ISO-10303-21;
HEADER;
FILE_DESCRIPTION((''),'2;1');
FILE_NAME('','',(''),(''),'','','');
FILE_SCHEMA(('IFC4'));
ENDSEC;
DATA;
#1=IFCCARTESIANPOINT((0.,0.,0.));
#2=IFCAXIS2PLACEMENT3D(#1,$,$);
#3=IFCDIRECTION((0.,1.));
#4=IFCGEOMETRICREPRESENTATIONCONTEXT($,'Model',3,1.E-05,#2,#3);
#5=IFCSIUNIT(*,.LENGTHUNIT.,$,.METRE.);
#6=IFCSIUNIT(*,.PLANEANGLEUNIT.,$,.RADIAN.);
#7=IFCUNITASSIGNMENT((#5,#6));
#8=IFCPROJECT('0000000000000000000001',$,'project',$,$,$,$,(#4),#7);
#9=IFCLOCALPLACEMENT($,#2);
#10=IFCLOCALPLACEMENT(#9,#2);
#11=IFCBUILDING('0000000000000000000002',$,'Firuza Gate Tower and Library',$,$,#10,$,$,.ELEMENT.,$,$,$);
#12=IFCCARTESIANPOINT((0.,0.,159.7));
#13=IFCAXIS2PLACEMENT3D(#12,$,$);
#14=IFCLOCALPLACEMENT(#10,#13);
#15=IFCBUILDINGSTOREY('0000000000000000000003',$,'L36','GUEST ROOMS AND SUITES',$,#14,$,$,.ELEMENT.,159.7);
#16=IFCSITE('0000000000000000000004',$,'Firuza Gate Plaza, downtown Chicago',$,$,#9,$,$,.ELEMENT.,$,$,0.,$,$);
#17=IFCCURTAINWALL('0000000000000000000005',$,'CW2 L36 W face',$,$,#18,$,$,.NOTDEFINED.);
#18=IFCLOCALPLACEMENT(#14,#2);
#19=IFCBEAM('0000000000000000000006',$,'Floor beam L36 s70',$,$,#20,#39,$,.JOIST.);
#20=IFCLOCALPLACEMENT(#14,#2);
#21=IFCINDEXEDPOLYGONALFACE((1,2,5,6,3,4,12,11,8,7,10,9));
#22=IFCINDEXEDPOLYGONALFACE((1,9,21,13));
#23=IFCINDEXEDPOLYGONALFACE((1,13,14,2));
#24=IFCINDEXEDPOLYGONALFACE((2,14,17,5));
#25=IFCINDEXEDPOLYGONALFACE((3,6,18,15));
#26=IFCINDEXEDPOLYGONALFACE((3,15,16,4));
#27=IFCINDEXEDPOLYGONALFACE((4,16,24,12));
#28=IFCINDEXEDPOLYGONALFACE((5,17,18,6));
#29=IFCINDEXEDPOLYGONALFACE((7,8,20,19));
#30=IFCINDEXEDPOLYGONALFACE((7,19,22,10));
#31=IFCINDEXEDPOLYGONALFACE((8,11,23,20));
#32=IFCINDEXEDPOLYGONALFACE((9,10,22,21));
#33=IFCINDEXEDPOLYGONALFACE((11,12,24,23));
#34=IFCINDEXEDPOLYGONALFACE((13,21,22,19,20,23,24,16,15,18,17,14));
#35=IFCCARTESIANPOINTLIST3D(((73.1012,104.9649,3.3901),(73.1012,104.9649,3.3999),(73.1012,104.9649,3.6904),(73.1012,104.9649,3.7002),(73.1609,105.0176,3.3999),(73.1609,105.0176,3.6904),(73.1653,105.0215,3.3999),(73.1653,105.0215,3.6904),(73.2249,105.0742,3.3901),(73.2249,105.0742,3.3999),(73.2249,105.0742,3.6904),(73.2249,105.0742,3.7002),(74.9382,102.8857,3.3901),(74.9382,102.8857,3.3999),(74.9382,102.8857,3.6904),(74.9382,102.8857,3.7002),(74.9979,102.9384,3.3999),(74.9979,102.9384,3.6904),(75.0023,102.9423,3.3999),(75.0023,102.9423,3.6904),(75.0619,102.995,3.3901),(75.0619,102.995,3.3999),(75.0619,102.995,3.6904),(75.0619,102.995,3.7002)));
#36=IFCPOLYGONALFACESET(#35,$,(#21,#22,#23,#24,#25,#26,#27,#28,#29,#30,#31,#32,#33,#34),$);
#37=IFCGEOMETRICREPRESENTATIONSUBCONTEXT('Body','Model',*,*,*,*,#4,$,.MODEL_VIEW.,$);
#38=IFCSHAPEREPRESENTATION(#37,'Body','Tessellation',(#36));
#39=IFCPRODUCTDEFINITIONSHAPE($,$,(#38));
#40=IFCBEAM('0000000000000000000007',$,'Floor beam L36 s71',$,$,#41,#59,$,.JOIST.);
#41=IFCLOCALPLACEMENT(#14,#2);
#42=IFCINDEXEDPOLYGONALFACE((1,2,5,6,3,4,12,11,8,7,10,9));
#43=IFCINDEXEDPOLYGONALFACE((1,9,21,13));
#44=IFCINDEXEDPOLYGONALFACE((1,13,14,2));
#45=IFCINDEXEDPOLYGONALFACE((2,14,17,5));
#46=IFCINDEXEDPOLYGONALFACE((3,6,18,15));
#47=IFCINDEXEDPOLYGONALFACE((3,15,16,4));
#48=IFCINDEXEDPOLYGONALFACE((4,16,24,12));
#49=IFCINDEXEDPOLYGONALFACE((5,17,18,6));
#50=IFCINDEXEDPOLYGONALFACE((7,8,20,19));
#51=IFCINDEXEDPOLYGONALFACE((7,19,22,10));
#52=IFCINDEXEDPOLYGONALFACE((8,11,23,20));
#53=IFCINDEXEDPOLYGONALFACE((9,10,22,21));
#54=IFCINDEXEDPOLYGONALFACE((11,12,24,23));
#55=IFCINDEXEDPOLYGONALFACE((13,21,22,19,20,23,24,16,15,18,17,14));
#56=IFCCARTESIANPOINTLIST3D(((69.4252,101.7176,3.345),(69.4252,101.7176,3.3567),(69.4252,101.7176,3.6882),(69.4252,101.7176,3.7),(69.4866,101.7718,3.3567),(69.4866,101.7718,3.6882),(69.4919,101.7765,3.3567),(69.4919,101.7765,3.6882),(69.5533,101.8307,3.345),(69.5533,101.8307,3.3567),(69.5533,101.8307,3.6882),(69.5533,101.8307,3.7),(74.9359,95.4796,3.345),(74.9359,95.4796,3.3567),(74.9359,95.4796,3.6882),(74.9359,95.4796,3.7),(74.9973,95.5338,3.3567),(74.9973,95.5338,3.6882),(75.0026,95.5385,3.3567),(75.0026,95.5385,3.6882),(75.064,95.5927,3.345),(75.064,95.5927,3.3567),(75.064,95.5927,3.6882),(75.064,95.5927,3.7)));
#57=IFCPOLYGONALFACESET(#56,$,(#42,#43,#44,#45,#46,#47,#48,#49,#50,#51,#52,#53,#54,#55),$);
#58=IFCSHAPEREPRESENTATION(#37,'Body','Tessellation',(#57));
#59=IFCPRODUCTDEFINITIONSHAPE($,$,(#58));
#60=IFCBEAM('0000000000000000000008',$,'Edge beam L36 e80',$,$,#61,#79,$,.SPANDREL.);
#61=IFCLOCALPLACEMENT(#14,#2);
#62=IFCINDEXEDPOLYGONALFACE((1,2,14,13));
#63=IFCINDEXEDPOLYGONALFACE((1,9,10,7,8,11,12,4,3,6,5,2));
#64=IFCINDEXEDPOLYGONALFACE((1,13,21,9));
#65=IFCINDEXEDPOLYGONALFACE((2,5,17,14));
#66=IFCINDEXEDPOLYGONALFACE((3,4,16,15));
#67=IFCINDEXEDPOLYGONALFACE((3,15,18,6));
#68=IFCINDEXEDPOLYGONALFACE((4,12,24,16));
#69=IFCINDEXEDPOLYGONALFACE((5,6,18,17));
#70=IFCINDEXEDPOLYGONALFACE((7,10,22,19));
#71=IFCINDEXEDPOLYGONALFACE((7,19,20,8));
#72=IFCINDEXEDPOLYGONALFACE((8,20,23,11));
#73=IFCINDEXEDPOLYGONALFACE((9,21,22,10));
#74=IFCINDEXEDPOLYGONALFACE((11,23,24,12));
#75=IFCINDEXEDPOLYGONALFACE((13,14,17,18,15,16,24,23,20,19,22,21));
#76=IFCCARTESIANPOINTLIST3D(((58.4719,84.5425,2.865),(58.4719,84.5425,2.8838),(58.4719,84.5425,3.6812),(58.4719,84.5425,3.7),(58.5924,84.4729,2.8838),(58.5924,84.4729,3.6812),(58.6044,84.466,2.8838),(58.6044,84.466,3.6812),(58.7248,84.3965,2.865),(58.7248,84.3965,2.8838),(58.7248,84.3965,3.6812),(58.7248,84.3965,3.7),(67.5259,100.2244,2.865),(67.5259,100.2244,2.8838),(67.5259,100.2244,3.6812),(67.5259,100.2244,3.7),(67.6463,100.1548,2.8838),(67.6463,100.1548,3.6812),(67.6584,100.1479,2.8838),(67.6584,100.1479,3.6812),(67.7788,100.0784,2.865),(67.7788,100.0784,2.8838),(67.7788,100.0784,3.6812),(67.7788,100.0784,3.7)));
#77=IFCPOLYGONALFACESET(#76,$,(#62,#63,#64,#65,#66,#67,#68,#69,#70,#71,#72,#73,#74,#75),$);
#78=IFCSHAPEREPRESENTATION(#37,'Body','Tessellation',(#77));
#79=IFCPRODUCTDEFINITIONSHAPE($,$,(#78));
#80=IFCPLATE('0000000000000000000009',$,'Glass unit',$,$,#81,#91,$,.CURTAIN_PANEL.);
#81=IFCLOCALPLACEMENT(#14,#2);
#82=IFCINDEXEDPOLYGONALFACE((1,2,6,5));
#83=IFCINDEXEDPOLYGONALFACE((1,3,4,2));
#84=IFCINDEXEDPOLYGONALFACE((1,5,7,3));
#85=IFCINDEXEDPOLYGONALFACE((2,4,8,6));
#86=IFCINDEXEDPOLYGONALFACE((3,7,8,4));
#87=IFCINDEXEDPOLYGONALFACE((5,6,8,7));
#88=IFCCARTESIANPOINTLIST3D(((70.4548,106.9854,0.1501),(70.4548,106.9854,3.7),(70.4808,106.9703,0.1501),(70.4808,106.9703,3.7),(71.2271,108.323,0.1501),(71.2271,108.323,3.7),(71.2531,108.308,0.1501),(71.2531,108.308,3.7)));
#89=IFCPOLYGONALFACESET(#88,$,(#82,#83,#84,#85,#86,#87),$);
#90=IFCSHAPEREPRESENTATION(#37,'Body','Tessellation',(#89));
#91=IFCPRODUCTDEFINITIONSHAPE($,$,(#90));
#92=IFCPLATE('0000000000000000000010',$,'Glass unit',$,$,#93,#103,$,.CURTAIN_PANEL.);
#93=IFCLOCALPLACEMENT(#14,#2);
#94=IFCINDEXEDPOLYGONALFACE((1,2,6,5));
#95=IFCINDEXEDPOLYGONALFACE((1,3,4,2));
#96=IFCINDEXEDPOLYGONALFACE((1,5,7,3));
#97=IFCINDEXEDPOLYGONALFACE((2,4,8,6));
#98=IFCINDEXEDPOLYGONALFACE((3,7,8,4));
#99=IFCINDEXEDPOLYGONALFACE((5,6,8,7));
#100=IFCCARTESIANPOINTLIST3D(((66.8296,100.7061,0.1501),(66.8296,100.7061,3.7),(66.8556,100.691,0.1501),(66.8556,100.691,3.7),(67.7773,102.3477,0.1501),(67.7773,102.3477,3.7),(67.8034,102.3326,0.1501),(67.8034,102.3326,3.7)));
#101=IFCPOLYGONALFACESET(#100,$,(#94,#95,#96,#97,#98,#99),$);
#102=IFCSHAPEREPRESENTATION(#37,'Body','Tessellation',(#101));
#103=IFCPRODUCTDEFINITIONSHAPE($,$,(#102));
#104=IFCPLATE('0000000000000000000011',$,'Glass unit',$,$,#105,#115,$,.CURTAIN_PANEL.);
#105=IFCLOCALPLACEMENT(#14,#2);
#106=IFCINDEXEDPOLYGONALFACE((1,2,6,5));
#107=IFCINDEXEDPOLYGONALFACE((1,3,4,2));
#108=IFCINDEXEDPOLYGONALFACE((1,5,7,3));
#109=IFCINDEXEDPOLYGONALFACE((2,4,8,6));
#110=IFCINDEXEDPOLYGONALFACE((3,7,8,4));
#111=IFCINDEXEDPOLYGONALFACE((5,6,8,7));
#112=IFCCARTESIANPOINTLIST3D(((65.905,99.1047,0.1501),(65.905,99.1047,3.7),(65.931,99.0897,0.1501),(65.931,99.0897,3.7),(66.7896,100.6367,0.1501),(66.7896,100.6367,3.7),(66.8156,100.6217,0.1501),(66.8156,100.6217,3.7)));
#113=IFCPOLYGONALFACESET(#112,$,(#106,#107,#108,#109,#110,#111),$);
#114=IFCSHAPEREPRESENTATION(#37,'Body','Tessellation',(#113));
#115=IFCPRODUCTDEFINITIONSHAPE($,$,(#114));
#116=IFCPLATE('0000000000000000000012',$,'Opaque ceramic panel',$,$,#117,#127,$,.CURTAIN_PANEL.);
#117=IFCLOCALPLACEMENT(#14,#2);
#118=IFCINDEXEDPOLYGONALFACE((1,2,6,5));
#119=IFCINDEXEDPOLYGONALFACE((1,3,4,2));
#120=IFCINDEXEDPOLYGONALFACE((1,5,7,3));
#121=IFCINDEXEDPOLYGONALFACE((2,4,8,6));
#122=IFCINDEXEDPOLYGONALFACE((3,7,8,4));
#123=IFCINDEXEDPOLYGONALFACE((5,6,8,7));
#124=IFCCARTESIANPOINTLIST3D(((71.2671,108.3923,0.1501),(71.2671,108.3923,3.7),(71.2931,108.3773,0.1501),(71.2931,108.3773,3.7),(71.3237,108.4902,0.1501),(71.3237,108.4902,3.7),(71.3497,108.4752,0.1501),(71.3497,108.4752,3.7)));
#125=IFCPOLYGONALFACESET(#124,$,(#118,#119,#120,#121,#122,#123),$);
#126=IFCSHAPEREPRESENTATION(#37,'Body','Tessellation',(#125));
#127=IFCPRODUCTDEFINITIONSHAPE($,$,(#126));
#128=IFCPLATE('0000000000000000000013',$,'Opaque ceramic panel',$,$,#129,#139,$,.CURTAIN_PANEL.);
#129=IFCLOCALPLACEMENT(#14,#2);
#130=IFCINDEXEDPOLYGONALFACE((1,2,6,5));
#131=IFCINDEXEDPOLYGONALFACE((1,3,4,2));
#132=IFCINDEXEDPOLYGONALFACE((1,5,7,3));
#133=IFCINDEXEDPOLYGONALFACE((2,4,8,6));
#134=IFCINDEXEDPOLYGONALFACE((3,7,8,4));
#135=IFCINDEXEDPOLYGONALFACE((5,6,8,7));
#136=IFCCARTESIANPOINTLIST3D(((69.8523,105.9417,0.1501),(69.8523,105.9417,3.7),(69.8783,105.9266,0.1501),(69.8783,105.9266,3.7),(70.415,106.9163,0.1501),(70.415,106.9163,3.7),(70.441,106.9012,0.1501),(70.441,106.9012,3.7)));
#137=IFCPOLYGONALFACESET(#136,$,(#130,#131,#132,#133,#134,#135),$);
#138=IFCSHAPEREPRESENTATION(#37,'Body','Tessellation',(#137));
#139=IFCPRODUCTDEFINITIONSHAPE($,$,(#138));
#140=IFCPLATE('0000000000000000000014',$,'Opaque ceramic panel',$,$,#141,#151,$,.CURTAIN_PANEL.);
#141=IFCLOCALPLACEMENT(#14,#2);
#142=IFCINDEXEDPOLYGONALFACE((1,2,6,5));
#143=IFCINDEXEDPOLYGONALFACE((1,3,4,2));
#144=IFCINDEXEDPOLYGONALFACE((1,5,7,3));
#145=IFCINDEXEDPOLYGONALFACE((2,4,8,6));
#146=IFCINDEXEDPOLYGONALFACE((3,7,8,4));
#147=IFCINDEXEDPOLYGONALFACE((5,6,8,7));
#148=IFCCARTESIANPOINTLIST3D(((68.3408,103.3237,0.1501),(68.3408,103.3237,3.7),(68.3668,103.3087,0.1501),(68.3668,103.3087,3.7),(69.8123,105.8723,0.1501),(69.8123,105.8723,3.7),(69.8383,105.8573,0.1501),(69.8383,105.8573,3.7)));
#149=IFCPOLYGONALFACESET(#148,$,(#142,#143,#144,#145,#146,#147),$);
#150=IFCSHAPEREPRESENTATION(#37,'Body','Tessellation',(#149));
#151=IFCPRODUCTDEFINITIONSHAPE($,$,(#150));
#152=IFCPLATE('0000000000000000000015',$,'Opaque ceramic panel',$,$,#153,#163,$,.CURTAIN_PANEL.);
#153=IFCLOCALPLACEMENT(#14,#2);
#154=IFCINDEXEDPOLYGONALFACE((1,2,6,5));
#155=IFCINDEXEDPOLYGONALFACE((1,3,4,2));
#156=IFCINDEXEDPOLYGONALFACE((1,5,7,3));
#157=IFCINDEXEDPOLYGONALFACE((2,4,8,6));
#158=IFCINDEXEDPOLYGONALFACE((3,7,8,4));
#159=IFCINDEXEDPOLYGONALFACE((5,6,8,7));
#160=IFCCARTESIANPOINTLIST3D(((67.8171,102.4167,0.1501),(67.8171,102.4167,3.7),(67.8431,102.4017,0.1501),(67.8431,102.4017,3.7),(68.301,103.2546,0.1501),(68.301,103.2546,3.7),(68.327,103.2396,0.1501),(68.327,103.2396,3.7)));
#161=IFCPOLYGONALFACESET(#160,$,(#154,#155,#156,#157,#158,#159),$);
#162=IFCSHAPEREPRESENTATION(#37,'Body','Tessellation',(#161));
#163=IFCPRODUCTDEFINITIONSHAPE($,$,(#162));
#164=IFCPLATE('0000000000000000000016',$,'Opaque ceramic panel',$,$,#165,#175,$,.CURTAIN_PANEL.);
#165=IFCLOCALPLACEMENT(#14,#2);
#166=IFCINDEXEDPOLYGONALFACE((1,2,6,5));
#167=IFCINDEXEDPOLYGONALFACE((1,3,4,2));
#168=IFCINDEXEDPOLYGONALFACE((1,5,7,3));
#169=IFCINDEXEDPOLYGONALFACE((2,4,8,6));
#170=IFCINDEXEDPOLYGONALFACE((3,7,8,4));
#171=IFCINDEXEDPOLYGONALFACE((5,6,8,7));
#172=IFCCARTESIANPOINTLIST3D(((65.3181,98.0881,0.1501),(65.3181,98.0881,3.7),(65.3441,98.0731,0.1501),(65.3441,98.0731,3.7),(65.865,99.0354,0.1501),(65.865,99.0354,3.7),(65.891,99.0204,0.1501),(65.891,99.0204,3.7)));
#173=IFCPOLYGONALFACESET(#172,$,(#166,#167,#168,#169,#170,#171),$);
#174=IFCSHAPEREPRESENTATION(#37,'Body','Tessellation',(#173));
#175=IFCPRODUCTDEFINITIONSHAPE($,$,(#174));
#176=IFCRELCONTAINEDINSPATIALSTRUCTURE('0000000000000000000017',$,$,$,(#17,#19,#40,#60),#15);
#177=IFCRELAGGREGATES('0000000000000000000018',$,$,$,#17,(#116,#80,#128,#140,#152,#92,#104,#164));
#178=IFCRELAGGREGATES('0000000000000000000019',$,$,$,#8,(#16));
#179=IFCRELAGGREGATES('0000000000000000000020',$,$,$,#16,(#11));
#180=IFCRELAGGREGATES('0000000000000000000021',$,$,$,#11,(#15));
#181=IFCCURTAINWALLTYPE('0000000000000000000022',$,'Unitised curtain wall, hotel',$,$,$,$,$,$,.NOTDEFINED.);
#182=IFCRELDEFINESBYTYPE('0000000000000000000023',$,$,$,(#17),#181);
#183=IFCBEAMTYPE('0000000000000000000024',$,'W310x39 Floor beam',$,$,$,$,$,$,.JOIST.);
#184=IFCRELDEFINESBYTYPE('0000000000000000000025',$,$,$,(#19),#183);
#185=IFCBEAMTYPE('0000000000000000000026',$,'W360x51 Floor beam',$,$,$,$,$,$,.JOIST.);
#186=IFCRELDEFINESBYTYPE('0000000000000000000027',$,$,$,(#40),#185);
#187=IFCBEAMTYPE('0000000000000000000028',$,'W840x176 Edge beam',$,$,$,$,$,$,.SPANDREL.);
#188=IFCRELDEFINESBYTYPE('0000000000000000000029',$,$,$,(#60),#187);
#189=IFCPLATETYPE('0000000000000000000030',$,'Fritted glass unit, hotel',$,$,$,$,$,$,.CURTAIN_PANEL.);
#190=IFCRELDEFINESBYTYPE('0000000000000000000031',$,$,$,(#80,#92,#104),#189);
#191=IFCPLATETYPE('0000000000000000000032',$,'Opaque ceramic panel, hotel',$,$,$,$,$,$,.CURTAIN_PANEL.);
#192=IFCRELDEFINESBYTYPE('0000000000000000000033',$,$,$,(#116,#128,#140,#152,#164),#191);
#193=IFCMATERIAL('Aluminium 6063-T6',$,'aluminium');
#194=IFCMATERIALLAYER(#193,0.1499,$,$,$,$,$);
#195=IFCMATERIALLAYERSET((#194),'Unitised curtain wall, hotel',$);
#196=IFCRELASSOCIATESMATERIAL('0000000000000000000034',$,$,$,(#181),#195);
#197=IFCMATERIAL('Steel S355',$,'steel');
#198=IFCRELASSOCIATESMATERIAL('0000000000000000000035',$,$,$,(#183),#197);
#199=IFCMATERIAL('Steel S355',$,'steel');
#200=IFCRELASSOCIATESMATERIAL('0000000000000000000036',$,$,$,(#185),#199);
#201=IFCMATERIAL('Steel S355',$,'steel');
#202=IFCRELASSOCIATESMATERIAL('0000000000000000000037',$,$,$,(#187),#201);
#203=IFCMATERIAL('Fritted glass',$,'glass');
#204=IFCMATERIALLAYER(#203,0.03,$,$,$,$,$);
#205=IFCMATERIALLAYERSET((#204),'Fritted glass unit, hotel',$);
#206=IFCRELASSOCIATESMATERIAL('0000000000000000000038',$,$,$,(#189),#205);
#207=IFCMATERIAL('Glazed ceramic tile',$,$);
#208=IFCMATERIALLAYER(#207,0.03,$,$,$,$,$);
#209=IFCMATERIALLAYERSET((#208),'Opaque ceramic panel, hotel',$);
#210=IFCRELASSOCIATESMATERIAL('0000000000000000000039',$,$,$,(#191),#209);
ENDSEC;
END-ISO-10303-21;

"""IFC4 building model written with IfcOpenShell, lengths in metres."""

from ifc_helpers import new_model, si_unit, direction, frame, origin, origin_2d, place, context, subcontext, project, spatial, polyline, i_section, outline, extrude, material, layer, layer_set, material_profile, profile_set, type_object, element, aggregate, save


model = new_model("IFC4")

# Units and contexts
model_context = context("Model", 3, precision=1e-05, world=origin(), true_north=direction((0.0, 1.0)))
body_context = subcontext(model_context, "Body", "Model", "MODEL_VIEW")
ifc_project = project(units=[si_unit("LENGTHUNIT", "METRE"), si_unit("PLANEANGLEUNIT", "RADIAN")], contexts=[model_context])

# Site, building, storey
site_placement = place(None, origin())
site = spatial("IfcSite", under=ifc_project, at=site_placement, Name="Firuza Gate Plaza, downtown Chicago", CompositionType="ELEMENT", RefElevation=0.0)
building_placement = place(site_placement, origin())
building = spatial("IfcBuilding", under=site, at=building_placement, Name="Firuza Gate Tower and Library", CompositionType="ELEMENT")
storey_placement = place(building_placement, frame((0.0, 0.0, 159.7)))
storey = spatial("IfcBuildingStorey", under=building, at=storey_placement, Name="L36", Description="GUEST ROOMS AND SUITES", CompositionType="ELEMENT", Elevation=159.7)

# Curtain wall
ifc_material_1 = material(Name="Aluminium 6063-T6", Category="aluminium")
ifc_layer_1 = layer(ifc_material_1, 0.1499)
ifc_layer_set_1 = layer_set([ifc_layer_1], Name="Unitised curtain wall, hotel")
curtain_wall_type = type_object("IfcCurtainWallType", Name="Unitised curtain wall, hotel", PredefinedType="NOTDEFINED", material=ifc_layer_set_1)
curtain_wall_placement = place(storey_placement, origin())
curtain_wall = element("IfcCurtainWall", 1, at=curtain_wall_placement, inside=storey, type_object=curtain_wall_type, Name="CW2 L36 W face", PredefinedType="NOTDEFINED")

# Beams
ifc_material_2 = material(Name="Steel S355", Category="steel")
ifc_material_profile_1 = material_profile(ifc_material_2, i_section(OverallWidth=0.165, OverallDepth=0.3101, WebThickness=0.0059, FlangeThickness=0.0098, at=origin_2d()))
ifc_profile_set_1 = profile_set([ifc_material_profile_1], Name="Steel S355")
beam_type_1 = type_object("IfcBeamType", Name="W310x39 Floor beam", PredefinedType="JOIST", material=ifc_profile_set_1)
beam_1_placement = place(storey_placement, frame((73.1631, 105.0195, 3.5452), z_axis=(0.66211, -0.749406, 0.0), x_axis=(0.749406, 0.66211, 0.0)))
element("IfcBeam", 2, at=beam_1_placement, inside=storey, type_object=beam_type_1, Name="Floor beam L36 s70", PredefinedType="JOIST", context=body_context, shape_type="SweptSolid", body=[
    extrude(i_section(OverallWidth=0.165, OverallDepth=0.3101, WebThickness=0.0059, FlangeThickness=0.0098, at=origin_2d()), origin(), (0.0, 0.0, 1.0), 2.7744),
])
ifc_material_3 = material(Name="Steel S355", Category="steel")
ifc_material_profile_2 = material_profile(ifc_material_3, i_section(OverallWidth=0.1709, OverallDepth=0.355, WebThickness=0.0071, FlangeThickness=0.0117, at=origin_2d()))
ifc_profile_set_2 = profile_set([ifc_material_profile_2], Name="Steel S355")
beam_type_2 = type_object("IfcBeamType", Name="W360x51 Floor beam", PredefinedType="JOIST", material=ifc_profile_set_2)
beam_2_placement = place(storey_placement, frame((69.4893, 101.7742, 3.5225), z_axis=(0.662067, -0.749445, 0.0), x_axis=(0.749445, 0.662067, 0.0)))
element("IfcBeam", 3, at=beam_2_placement, inside=storey, type_object=beam_type_2, Name="Floor beam L36 s71", PredefinedType="JOIST", context=body_context, shape_type="SweptSolid", body=[
    extrude(i_section(OverallWidth=0.1709, OverallDepth=0.355, WebThickness=0.0071, FlangeThickness=0.0117, at=origin_2d()), origin(), (0.0, 0.0, 1.0), 8.3235),
])
ifc_material_4 = material(Name="Steel S355", Category="steel")
ifc_material_profile_3 = material_profile(ifc_material_4, i_section(OverallWidth=0.292, OverallDepth=0.835, WebThickness=0.0139, FlangeThickness=0.0188, at=origin_2d()))
ifc_profile_set_3 = profile_set([ifc_material_profile_3], Name="Steel S355")
beam_type_3 = type_object("IfcBeamType", Name="W840x176 Edge beam", PredefinedType="SPANDREL", material=ifc_profile_set_3)
beam_3_placement = place(storey_placement, frame((67.6523, 100.1514, 3.2825), z_axis=(-0.500001, -0.866025, 0.0), x_axis=(0.866025, -0.500001, 0.0)))
element("IfcBeam", 4, at=beam_3_placement, inside=storey, type_object=beam_type_3, Name="Edge beam L36 e80", PredefinedType="SPANDREL", context=body_context, shape_type="SweptSolid", body=[
    extrude(i_section(OverallWidth=0.292, OverallDepth=0.835, WebThickness=0.0139, FlangeThickness=0.0188, at=origin_2d()), origin(), (0.0, 0.0, 1.0), 18.1079),
])

# Plates
ifc_material_5 = material(Name="Fritted glass", Category="glass")
ifc_layer_2 = layer(ifc_material_5, 0.03)
ifc_layer_set_2 = layer_set([ifc_layer_2], Name="Fritted glass unit, hotel")
plate_type_1 = type_object("IfcPlateType", Name="Fritted glass unit, hotel", PredefinedType="CURTAIN_PANEL", material=ifc_layer_set_2)
plate_1_placement = place(storey_placement, frame((71.2271, 108.323, 0.1501), z_axis=(-0.866046, 0.499964, 0.0), x_axis=(-0.499964, -0.866046, 0.0)))
plate_1 = element("IfcPlate", 5, at=plate_1_placement, type_object=plate_type_1, Name="Glass unit", PredefinedType="CURTAIN_PANEL", context=body_context, shape_type="SweptSolid", body=[
    extrude(outline(polyline([(0.0, 0.0), (1.5445, 0.0), (1.5445, 3.5498), (0.0, 3.5498), (0.0, 0.0)])), origin(), (0.0, 0.0, -1.0), 0.03),
])
plate_2_placement = place(storey_placement, frame((67.7773, 102.3477, 0.1501), z_axis=(-0.866031, 0.49999, 0.0), x_axis=(-0.49999, -0.866031, 0.0)))
plate_2 = element("IfcPlate", 6, at=plate_2_placement, type_object=plate_type_1, Name="Glass unit", PredefinedType="CURTAIN_PANEL", context=body_context, shape_type="SweptSolid", body=[
    extrude(outline(polyline([(0.0, 0.0), (1.8955, 0.0), (1.8955, 3.5498), (0.0, 3.5498), (0.0, 0.0)])), origin(), (0.0, 0.0, -1.0), 0.03),
])
plate_3_placement = place(storey_placement, frame((66.7896, 100.6367, 0.1501), z_axis=(-0.866018, 0.500013, 0.0), x_axis=(-0.500013, -0.866018, 0.0)))
plate_3 = element("IfcPlate", 7, at=plate_3_placement, type_object=plate_type_1, Name="Glass unit", PredefinedType="CURTAIN_PANEL", context=body_context, shape_type="SweptSolid", body=[
    extrude(outline(polyline([(0.0, 0.0), (1.769, 0.0), (1.769, 3.5498), (0.0, 3.5498), (0.0, 0.0)])), origin(), (0.0, 0.0, -1.0), 0.03),
])
ifc_material_6 = material(Name="Glazed ceramic tile")
ifc_layer_3 = layer(ifc_material_6, 0.03)
ifc_layer_set_3 = layer_set([ifc_layer_3], Name="Opaque ceramic panel, hotel")
plate_type_2 = type_object("IfcPlateType", Name="Opaque ceramic panel, hotel", PredefinedType="CURTAIN_PANEL", material=ifc_layer_set_3)
plate_4_placement = place(storey_placement, frame((71.3237, 108.4902, 0.1501), z_axis=(-0.865574, 0.500781, 0.0), x_axis=(-0.500781, -0.865574, 0.0)))
plate_4 = element("IfcPlate", 8, at=plate_4_placement, type_object=plate_type_2, Name="Opaque ceramic panel", PredefinedType="CURTAIN_PANEL", context=body_context, shape_type="SweptSolid", body=[
    extrude(outline(polyline([(0.0, 0.0), (0.1131, 0.0), (0.1131, 3.5498), (0.0, 3.5498), (0.0, 0.0)])), origin(), (0.0, 0.0, -1.0), 0.03),
])
plate_5_placement = place(storey_placement, frame((70.415, 106.9163, 0.1501), z_axis=(-0.866005, 0.500035, 0.0), x_axis=(-0.500035, -0.866005, 0.0)))
plate_5 = element("IfcPlate", 9, at=plate_5_placement, type_object=plate_type_2, Name="Opaque ceramic panel", PredefinedType="CURTAIN_PANEL", context=body_context, shape_type="SweptSolid", body=[
    extrude(outline(polyline([(0.0, 0.0), (1.1254, 0.0), (1.1254, 3.5498), (0.0, 3.5498), (0.0, 0.0)])), origin(), (0.0, 0.0, -1.0), 0.03),
])
plate_6_placement = place(storey_placement, frame((69.8123, 105.8723, 0.1501), z_axis=(-0.866024, 0.500003, 0.0), x_axis=(-0.500003, -0.866024, 0.0)))
plate_6 = element("IfcPlate", 10, at=plate_6_placement, type_object=plate_type_2, Name="Opaque ceramic panel", PredefinedType="CURTAIN_PANEL", context=body_context, shape_type="SweptSolid", body=[
    extrude(outline(polyline([(0.0, 0.0), (2.9429, 0.0), (2.9429, 3.5498), (0.0, 3.5498), (0.0, 0.0)])), origin(), (0.0, 0.0, -1.0), 0.03),
])
plate_7_placement = place(storey_placement, frame((68.301, 103.2546, 0.1501), z_axis=(-0.865967, 0.500101, 0.0), x_axis=(-0.500101, -0.865967, 0.0)))
plate_7 = element("IfcPlate", 11, at=plate_7_placement, type_object=plate_type_2, Name="Opaque ceramic panel", PredefinedType="CURTAIN_PANEL", context=body_context, shape_type="SweptSolid", body=[
    extrude(outline(polyline([(0.0, 0.0), (0.9676, 0.0), (0.9676, 3.5498), (0.0, 3.5498), (0.0, 0.0)])), origin(), (0.0, 0.0, -1.0), 0.03),
])
plate_8_placement = place(storey_placement, frame((65.865, 99.0354, 0.1501), z_axis=(-0.866037, 0.49998, 0.0), x_axis=(-0.49998, -0.866037, 0.0)))
plate_8 = element("IfcPlate", 12, at=plate_8_placement, type_object=plate_type_2, Name="Opaque ceramic panel", PredefinedType="CURTAIN_PANEL", context=body_context, shape_type="SweptSolid", body=[
    extrude(outline(polyline([(0.0, 0.0), (1.0938, 0.0), (1.0938, 3.5498), (0.0, 3.5498), (0.0, 0.0)])), origin(), (0.0, 0.0, -1.0), 0.03),
])
aggregate(curtain_wall, [plate_4, plate_1, plate_5, plate_6, plate_7, plate_2, plate_3, plate_8])

save(model, "model.ifc")
